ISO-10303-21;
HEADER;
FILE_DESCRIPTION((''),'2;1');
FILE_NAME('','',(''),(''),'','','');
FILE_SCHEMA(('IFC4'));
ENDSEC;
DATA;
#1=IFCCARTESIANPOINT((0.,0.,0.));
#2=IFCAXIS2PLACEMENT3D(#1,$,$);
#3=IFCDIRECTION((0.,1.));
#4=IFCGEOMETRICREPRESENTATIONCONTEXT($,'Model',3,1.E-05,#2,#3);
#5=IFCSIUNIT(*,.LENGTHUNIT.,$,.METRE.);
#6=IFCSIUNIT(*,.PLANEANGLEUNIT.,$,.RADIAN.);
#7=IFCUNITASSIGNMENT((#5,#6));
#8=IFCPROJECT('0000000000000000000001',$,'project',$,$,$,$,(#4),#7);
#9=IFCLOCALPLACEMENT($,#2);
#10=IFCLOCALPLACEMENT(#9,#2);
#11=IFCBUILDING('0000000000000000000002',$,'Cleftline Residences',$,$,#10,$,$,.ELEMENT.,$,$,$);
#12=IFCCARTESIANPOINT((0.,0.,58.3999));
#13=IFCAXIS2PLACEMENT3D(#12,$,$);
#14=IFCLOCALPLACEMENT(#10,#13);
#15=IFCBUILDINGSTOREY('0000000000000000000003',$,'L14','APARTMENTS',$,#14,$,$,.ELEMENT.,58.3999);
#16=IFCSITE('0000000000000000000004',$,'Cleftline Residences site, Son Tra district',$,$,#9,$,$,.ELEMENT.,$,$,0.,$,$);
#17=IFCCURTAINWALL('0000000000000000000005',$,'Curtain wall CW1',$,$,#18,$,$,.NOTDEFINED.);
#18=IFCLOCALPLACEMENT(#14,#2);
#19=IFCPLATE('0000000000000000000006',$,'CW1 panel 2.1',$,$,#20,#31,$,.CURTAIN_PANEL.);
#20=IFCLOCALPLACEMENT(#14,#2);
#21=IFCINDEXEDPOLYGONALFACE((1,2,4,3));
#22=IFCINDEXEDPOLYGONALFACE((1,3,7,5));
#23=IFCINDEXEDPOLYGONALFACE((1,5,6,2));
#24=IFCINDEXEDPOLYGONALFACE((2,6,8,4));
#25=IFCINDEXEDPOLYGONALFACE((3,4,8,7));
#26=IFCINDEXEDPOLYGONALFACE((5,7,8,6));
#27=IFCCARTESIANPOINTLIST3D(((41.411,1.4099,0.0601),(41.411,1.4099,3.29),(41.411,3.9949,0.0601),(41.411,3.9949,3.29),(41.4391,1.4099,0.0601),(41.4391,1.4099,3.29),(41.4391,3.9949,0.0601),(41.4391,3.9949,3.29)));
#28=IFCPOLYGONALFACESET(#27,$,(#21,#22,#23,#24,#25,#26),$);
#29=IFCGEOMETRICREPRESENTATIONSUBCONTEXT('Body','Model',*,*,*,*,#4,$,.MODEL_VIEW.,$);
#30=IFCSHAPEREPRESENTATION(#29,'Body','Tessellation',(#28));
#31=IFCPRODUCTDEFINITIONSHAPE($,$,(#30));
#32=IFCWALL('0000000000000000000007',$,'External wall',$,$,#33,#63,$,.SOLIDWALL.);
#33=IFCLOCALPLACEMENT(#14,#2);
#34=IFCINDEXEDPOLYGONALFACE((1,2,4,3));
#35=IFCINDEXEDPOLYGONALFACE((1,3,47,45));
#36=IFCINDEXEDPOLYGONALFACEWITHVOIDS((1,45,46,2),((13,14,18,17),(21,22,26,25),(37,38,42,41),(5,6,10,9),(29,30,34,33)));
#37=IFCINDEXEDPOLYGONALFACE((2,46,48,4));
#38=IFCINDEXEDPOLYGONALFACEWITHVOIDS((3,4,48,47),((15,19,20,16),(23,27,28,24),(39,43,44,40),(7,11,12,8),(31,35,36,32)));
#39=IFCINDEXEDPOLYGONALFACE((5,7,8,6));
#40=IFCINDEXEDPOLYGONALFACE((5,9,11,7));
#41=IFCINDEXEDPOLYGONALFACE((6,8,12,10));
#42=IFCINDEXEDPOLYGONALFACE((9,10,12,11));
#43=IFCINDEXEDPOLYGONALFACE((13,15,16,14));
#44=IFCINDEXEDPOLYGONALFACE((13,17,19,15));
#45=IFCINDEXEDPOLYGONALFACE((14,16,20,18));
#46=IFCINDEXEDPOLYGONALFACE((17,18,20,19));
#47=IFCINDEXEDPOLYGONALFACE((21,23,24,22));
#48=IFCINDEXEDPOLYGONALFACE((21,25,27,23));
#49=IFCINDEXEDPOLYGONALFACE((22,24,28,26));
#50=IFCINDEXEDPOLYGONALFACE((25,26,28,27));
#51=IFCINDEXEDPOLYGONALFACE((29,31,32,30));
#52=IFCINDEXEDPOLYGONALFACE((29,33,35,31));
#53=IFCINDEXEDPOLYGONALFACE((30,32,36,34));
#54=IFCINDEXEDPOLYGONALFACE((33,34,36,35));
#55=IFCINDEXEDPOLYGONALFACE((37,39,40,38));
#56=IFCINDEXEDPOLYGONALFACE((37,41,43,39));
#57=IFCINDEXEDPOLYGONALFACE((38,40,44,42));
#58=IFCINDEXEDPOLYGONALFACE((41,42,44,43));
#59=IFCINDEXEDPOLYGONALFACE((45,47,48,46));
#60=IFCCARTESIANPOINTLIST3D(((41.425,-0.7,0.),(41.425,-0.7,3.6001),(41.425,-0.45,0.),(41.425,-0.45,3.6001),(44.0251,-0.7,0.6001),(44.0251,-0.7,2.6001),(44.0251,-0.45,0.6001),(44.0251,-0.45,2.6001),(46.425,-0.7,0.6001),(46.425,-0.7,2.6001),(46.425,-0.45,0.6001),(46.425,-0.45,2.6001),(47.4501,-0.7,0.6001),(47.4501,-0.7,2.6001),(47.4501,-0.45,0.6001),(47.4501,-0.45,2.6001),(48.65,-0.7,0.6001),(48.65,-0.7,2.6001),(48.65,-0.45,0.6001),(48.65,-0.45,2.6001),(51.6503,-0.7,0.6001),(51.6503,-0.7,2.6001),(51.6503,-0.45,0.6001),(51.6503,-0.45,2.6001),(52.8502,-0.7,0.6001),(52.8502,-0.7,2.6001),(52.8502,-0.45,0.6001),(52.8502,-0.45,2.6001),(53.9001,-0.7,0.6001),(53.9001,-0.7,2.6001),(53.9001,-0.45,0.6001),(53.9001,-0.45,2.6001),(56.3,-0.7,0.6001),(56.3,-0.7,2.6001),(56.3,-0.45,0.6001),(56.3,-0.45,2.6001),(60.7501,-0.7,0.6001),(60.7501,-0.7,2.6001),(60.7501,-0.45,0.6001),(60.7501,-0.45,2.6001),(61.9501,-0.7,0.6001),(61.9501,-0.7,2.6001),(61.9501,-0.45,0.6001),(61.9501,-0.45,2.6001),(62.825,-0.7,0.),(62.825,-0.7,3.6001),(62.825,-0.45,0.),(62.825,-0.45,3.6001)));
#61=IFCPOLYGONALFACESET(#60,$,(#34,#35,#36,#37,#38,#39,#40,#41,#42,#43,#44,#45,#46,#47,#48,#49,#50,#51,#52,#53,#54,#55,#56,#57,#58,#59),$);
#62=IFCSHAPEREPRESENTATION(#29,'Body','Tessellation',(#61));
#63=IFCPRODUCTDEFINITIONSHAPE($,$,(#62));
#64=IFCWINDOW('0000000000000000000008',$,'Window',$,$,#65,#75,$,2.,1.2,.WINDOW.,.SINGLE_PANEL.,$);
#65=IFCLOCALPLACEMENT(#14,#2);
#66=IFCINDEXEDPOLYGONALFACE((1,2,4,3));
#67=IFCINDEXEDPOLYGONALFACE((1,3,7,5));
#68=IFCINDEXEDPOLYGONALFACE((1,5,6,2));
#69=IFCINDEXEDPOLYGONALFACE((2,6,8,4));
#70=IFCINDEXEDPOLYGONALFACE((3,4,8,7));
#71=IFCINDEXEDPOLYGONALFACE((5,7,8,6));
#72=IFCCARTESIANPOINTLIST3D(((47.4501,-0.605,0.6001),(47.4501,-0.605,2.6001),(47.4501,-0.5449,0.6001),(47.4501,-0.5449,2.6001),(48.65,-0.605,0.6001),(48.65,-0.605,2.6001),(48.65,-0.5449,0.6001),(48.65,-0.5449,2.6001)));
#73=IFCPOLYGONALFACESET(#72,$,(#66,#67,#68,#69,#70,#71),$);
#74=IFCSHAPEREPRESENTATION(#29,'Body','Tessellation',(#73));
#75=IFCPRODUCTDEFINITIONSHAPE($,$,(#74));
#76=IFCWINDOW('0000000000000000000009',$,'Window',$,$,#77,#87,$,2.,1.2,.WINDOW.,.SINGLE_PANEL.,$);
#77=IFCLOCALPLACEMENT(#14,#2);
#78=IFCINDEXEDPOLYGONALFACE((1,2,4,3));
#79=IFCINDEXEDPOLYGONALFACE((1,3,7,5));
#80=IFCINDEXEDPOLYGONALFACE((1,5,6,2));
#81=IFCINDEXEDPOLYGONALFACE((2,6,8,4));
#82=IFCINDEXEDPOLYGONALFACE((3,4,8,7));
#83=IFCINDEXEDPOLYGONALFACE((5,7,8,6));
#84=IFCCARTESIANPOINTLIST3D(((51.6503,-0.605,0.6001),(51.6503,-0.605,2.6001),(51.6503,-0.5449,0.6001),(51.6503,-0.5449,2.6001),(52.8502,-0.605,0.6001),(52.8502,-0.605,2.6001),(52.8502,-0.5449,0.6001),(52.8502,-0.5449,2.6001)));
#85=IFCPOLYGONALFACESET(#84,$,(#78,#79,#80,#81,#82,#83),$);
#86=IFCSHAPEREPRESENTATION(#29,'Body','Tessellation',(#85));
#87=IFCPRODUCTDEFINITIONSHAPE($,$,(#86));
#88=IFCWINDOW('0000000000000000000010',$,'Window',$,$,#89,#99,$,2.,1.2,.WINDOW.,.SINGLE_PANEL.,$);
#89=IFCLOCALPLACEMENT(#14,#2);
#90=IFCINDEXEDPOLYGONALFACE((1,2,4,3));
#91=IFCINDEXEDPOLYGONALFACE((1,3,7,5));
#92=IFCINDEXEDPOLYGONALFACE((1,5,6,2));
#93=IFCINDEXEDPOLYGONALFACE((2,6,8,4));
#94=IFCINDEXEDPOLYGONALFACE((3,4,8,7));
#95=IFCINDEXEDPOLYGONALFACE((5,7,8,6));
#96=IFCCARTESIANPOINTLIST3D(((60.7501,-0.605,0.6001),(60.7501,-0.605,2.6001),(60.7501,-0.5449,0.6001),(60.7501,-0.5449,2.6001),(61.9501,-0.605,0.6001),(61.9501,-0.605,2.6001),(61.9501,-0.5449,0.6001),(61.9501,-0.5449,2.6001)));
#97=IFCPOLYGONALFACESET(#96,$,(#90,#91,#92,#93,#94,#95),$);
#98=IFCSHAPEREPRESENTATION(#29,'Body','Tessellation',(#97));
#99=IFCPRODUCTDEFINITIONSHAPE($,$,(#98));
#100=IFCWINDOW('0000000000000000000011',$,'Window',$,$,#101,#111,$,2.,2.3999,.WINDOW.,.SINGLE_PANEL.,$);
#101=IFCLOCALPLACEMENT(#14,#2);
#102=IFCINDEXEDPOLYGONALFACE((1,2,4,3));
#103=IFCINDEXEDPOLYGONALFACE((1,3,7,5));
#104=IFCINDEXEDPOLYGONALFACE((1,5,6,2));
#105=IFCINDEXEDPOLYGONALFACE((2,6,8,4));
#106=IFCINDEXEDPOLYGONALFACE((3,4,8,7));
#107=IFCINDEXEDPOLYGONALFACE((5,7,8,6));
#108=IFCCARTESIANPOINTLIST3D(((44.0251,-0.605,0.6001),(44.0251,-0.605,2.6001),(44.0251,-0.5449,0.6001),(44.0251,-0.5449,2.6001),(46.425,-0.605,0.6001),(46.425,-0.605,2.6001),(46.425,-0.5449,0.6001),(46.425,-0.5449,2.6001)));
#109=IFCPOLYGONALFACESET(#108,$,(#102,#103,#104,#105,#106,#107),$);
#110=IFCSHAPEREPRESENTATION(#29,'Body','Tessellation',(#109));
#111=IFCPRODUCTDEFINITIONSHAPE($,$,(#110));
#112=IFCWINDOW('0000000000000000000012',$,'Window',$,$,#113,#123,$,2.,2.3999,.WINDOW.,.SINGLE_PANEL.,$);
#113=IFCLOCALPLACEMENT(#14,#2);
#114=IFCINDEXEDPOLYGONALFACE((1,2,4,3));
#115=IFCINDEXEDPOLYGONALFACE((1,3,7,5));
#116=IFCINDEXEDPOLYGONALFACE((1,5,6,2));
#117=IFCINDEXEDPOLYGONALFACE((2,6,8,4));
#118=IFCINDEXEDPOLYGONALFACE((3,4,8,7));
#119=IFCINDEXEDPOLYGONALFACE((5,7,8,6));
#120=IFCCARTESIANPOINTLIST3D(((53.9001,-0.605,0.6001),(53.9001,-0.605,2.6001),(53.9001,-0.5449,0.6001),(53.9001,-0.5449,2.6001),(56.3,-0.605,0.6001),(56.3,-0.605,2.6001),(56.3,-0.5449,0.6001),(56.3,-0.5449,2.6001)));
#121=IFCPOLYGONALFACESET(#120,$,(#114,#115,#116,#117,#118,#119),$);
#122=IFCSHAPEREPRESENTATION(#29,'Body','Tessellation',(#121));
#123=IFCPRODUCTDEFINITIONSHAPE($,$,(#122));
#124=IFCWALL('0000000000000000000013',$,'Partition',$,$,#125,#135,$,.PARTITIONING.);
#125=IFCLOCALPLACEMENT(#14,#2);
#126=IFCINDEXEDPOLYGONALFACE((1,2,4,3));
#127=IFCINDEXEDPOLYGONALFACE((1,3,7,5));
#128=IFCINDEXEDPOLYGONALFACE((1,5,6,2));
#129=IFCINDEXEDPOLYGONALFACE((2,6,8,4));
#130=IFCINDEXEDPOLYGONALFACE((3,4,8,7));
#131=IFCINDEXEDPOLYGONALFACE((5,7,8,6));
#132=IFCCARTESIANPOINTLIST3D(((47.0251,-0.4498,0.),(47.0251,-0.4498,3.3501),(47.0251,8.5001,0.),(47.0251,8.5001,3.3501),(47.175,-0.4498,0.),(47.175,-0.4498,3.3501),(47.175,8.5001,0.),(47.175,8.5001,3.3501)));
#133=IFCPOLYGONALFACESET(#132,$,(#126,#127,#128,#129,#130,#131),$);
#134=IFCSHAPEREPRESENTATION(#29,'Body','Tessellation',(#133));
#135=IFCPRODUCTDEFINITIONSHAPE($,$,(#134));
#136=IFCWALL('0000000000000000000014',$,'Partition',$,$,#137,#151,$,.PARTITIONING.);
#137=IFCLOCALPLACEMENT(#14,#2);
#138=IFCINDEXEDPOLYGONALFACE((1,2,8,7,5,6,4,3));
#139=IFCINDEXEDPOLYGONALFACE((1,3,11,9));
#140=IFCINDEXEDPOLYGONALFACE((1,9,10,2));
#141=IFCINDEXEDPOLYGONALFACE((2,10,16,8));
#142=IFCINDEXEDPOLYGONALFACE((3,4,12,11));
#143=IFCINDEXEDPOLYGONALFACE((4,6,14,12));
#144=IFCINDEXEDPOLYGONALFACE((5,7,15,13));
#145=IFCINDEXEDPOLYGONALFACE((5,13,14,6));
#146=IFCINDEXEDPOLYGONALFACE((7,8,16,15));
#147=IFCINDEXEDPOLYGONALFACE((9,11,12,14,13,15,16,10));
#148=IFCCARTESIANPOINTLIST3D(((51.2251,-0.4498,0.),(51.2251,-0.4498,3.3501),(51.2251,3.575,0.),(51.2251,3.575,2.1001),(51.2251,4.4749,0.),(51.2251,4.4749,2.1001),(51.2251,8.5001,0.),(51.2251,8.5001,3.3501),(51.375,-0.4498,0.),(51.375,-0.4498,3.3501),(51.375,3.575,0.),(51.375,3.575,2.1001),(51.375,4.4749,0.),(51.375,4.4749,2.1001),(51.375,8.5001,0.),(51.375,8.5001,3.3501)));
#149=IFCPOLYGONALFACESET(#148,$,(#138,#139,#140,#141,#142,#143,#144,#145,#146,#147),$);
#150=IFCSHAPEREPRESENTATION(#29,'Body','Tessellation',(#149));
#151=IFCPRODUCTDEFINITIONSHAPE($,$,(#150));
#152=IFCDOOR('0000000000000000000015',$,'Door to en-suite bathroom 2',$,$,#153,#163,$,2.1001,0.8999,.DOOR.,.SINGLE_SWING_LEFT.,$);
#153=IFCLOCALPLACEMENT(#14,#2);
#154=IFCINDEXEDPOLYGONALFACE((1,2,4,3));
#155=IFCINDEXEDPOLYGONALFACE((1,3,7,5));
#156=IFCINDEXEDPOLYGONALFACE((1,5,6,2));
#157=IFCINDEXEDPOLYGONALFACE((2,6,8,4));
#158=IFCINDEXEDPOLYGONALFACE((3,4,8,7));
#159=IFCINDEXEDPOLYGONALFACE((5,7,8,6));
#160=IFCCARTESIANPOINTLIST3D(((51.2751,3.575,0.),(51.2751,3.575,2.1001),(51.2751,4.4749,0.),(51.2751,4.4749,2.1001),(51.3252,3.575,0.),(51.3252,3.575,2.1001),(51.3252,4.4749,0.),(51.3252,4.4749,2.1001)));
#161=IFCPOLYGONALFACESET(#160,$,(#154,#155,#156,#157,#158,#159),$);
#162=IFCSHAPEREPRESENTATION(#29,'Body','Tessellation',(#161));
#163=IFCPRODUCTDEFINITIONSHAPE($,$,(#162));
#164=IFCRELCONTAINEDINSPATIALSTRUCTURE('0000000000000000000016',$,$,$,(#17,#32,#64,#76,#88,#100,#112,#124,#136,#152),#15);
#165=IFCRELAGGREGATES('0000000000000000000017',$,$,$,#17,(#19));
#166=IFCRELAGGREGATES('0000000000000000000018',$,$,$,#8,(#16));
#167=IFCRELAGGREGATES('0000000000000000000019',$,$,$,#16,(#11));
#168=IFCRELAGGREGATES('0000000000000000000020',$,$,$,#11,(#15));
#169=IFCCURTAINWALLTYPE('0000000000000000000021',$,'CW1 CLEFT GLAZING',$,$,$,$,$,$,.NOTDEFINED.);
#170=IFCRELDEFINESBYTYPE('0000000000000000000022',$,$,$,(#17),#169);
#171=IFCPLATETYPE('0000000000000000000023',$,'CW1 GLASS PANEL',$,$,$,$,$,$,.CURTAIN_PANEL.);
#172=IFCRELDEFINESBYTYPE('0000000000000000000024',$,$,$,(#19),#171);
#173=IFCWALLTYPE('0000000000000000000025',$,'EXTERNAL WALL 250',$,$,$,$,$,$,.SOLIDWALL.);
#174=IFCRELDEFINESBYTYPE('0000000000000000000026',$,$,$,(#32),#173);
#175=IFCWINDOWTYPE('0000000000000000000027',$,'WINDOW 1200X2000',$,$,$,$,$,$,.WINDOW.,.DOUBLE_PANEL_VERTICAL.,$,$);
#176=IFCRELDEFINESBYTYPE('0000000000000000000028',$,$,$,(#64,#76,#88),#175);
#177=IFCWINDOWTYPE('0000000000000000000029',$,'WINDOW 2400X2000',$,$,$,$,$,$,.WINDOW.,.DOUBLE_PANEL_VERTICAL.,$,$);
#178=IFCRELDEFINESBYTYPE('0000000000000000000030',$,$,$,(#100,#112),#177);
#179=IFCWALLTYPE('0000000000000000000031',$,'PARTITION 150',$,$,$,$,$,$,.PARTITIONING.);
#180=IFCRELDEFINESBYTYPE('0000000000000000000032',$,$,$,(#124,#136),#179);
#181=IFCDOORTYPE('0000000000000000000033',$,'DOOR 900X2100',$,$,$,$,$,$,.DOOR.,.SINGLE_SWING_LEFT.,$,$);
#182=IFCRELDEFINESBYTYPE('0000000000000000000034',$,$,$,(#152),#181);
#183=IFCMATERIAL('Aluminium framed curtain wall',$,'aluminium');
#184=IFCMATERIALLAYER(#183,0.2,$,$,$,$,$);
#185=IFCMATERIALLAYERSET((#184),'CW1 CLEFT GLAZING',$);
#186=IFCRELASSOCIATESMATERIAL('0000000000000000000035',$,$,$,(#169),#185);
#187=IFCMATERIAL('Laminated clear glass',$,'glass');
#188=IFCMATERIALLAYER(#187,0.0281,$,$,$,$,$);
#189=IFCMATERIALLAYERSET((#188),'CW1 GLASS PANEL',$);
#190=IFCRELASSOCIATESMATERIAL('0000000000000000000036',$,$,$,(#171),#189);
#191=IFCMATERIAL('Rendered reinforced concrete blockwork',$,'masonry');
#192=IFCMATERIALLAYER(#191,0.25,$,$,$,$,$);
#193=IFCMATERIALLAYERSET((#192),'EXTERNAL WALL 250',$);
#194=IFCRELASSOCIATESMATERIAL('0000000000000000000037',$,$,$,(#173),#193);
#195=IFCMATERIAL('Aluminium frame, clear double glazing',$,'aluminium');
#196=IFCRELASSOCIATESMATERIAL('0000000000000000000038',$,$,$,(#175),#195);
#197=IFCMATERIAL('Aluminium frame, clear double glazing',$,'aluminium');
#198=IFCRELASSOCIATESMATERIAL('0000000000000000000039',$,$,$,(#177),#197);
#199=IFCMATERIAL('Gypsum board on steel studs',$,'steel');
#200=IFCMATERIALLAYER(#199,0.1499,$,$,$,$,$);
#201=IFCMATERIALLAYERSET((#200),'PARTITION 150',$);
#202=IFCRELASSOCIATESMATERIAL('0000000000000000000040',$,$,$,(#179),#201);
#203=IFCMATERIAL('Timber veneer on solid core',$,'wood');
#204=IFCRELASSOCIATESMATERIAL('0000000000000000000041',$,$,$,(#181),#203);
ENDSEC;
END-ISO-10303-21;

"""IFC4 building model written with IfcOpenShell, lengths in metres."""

from ifc_helpers import new_model, si_unit, direction, frame, frame_2d, origin, origin_2d, place, context, subcontext, project, spatial, rectangle, extrude, material, layer, layer_set, type_object, element, fill, aggregate, save


model = new_model("IFC4")

# Units and contexts
model_context = context("Model", 3, precision=1e-05, world=origin(), true_north=direction((0.0, 1.0)))
body_context = subcontext(model_context, "Body", "Model", "MODEL_VIEW")
ifc_project = project(units=[si_unit("LENGTHUNIT", "METRE"), si_unit("PLANEANGLEUNIT", "RADIAN")], contexts=[model_context])

# Site, building, storey
site_placement = place(None, origin())
site = spatial("IfcSite", under=ifc_project, at=site_placement, Name="Cleftline Residences site, Son Tra district", CompositionType="ELEMENT", RefElevation=0.0)
building_placement = place(site_placement, origin())
building = spatial("IfcBuilding", under=site, at=building_placement, Name="Cleftline Residences", CompositionType="ELEMENT")
storey_placement = place(building_placement, frame((0.0, 0.0, 58.3999)))
storey = spatial("IfcBuildingStorey", under=building, at=storey_placement, Name="L14", Description="APARTMENTS", CompositionType="ELEMENT", Elevation=58.3999)

# Curtain wall, plate
ifc_material_1 = material(Name="Aluminium framed curtain wall", Category="aluminium")
ifc_layer_1 = layer(ifc_material_1, 0.2)
ifc_layer_set_1 = layer_set([ifc_layer_1], Name="CW1 CLEFT GLAZING")
curtain_wall_type = type_object("IfcCurtainWallType", Name="CW1 CLEFT GLAZING", PredefinedType="NOTDEFINED", material=ifc_layer_set_1)
curtain_wall_placement = place(storey_placement, origin())
curtain_wall = element("IfcCurtainWall", 1, at=curtain_wall_placement, inside=storey, type_object=curtain_wall_type, Name="Curtain wall CW1", PredefinedType="NOTDEFINED")
ifc_material_2 = material(Name="Laminated clear glass", Category="glass")
ifc_layer_2 = layer(ifc_material_2, 0.0281)
ifc_layer_set_2 = layer_set([ifc_layer_2], Name="CW1 GLASS PANEL")
plate_type = type_object("IfcPlateType", Name="CW1 GLASS PANEL", PredefinedType="CURTAIN_PANEL", material=ifc_layer_set_2)
plate_1_placement = place(storey_placement, frame((41.425, 2.7024, 0.0601), z_axis=(0.0, 0.0, 1.0), x_axis=(0.0, -1.0, 0.0)))
plate_1 = element("IfcPlate", 2, at=plate_1_placement, type_object=plate_type, Name="CW1 panel 2.1", PredefinedType="CURTAIN_PANEL", context=body_context, shape_type="SweptSolid", body=[
    extrude(rectangle(XDim=2.585, YDim=0.0281, at=origin_2d()), origin(), (0.0, 0.0, 1.0), 3.23),
])
aggregate(curtain_wall, [plate_1])

# Wall, openings, windows
ifc_material_3 = material(Name="Rendered reinforced concrete blockwork", Category="masonry")
ifc_layer_3 = layer(ifc_material_3, 0.25)
ifc_layer_set_3 = layer_set([ifc_layer_3], Name="EXTERNAL WALL 250")
wall_type_1 = type_object("IfcWallType", Name="EXTERNAL WALL 250", PredefinedType="SOLIDWALL", material=ifc_layer_set_3)
wall_1_placement = place(storey_placement, frame((41.425, -0.575, 0.0), z_axis=(0.0, 0.0, 1.0), x_axis=(1.0, 0.0, 0.0)))
wall_1 = element("IfcWall", 3, at=wall_1_placement, inside=storey, type_object=wall_type_1, Name="External wall", PredefinedType="SOLIDWALL", context=body_context, shape_type="SweptSolid", body=[
    extrude(rectangle(XDim=21.3999, YDim=0.25, at=frame_2d((10.7, 0.0))), origin(), (0.0, 0.0, 1.0), 3.6001),
])
opening_1_placement = place(wall_1_placement, frame((2.6001, 0.0, 0.6001)))
opening_1 = element("IfcOpeningElement", 4, at=opening_1_placement, cuts=wall_1, PredefinedType="OPENING", context=body_context, shape_type="SweptSolid", body=[
    extrude(rectangle(XDim=2.3999, YDim=2.0, at=frame_2d((1.2, 1.0))), frame((0.0, 0.135, 0.0), z_axis=(0.0, -1.0, 0.0), x_axis=(1.0, 0.0, 0.0)), (0.0, 0.0, 1.0), 0.27),
])
opening_2_placement = place(wall_1_placement, frame((6.0249, 0.0, 0.6001)))
opening_2 = element("IfcOpeningElement", 5, at=opening_2_placement, cuts=wall_1, PredefinedType="OPENING", context=body_context, shape_type="SweptSolid", body=[
    extrude(rectangle(XDim=1.2, YDim=2.0, at=frame_2d((0.6001, 1.0))), frame((0.0, 0.135, 0.0), z_axis=(0.0, -1.0, 0.0), x_axis=(1.0, 0.0, 0.0)), (0.0, 0.0, 1.0), 0.27),
])
opening_3_placement = place(wall_1_placement, frame((10.2251, 0.0, 0.6001)))
opening_3 = element("IfcOpeningElement", 6, at=opening_3_placement, cuts=wall_1, PredefinedType="OPENING", context=body_context, shape_type="SweptSolid", body=[
    extrude(rectangle(XDim=1.2, YDim=2.0, at=frame_2d((0.6001, 1.0))), frame((0.0, 0.135, 0.0), z_axis=(0.0, -1.0, 0.0), x_axis=(1.0, 0.0, 0.0)), (0.0, 0.0, 1.0), 0.27),
])
opening_4_placement = place(wall_1_placement, frame((12.4751, 0.0, 0.6001)))
opening_4 = element("IfcOpeningElement", 7, at=opening_4_placement, cuts=wall_1, PredefinedType="OPENING", context=body_context, shape_type="SweptSolid", body=[
    extrude(rectangle(XDim=2.3999, YDim=2.0, at=frame_2d((1.2, 1.0))), frame((0.0, 0.135, 0.0), z_axis=(0.0, -1.0, 0.0), x_axis=(1.0, 0.0, 0.0)), (0.0, 0.0, 1.0), 0.27),
])
opening_5_placement = place(wall_1_placement, frame((19.325, 0.0, 0.6001)))
opening_5 = element("IfcOpeningElement", 8, at=opening_5_placement, cuts=wall_1, PredefinedType="OPENING", context=body_context, shape_type="SweptSolid", body=[
    extrude(rectangle(XDim=1.2, YDim=2.0, at=frame_2d((0.6001, 1.0))), frame((0.0, 0.135, 0.0), z_axis=(0.0, -1.0, 0.0), x_axis=(1.0, 0.0, 0.0)), (0.0, 0.0, 1.0), 0.27),
])
ifc_material_4 = material(Name="Aluminium frame, clear double glazing", Category="aluminium")
window_type_1 = type_object("IfcWindowType", Name="WINDOW 1200X2000", PartitioningType="DOUBLE_PANEL_VERTICAL", PredefinedType="WINDOW", material=ifc_material_4)
window_1_placement = place(opening_2_placement, origin())
window_1 = element("IfcWindow", 9, at=window_1_placement, inside=storey, type_object=window_type_1, Name="Window", OverallHeight=2.0, OverallWidth=1.2, PartitioningType="SINGLE_PANEL", PredefinedType="WINDOW", context=body_context, shape_type="SweptSolid", body=[
    extrude(rectangle(XDim=1.2, YDim=2.0, at=frame_2d((0.6001, 1.0))), frame((0.0, 0.03, 0.0), z_axis=(0.0, -1.0, 0.0), x_axis=(1.0, 0.0, 0.0)), (0.0, 0.0, 1.0), 0.0601),
])
fill(opening_2, window_1)
window_2_placement = place(opening_3_placement, origin())
window_2 = element("IfcWindow", 10, at=window_2_placement, inside=storey, type_object=window_type_1, Name="Window", OverallHeight=2.0, OverallWidth=1.2, PartitioningType="SINGLE_PANEL", PredefinedType="WINDOW", context=body_context, shape_type="SweptSolid", body=[
    extrude(rectangle(XDim=1.2, YDim=2.0, at=frame_2d((0.6001, 1.0))), frame((0.0, 0.03, 0.0), z_axis=(0.0, -1.0, 0.0), x_axis=(1.0, 0.0, 0.0)), (0.0, 0.0, 1.0), 0.0601),
])
fill(opening_3, window_2)
window_3_placement = place(opening_5_placement, origin())
window_3 = element("IfcWindow", 11, at=window_3_placement, inside=storey, type_object=window_type_1, Name="Window", OverallHeight=2.0, OverallWidth=1.2, PartitioningType="SINGLE_PANEL", PredefinedType="WINDOW", context=body_context, shape_type="SweptSolid", body=[
    extrude(rectangle(XDim=1.2, YDim=2.0, at=frame_2d((0.6001, 1.0))), frame((0.0, 0.03, 0.0), z_axis=(0.0, -1.0, 0.0), x_axis=(1.0, 0.0, 0.0)), (0.0, 0.0, 1.0), 0.0601),
])
fill(opening_5, window_3)
ifc_material_5 = material(Name="Aluminium frame, clear double glazing", Category="aluminium")
window_type_2 = type_object("IfcWindowType", Name="WINDOW 2400X2000", PartitioningType="DOUBLE_PANEL_VERTICAL", PredefinedType="WINDOW", material=ifc_material_5)
window_4_placement = place(opening_1_placement, origin())
window_4 = element("IfcWindow", 12, at=window_4_placement, inside=storey, type_object=window_type_2, Name="Window", OverallHeight=2.0, OverallWidth=2.3999, PartitioningType="SINGLE_PANEL", PredefinedType="WINDOW", context=body_context, shape_type="SweptSolid", body=[
    extrude(rectangle(XDim=2.3999, YDim=2.0, at=frame_2d((1.2, 1.0))), frame((0.0, 0.03, 0.0), z_axis=(0.0, -1.0, 0.0), x_axis=(1.0, 0.0, 0.0)), (0.0, 0.0, 1.0), 0.0601),
])
fill(opening_1, window_4)
window_5_placement = place(opening_4_placement, origin())
window_5 = element("IfcWindow", 13, at=window_5_placement, inside=storey, type_object=window_type_2, Name="Window", OverallHeight=2.0, OverallWidth=2.3999, PartitioningType="SINGLE_PANEL", PredefinedType="WINDOW", context=body_context, shape_type="SweptSolid", body=[
    extrude(rectangle(XDim=2.3999, YDim=2.0, at=frame_2d((1.2, 1.0))), frame((0.0, 0.03, 0.0), z_axis=(0.0, -1.0, 0.0), x_axis=(1.0, 0.0, 0.0)), (0.0, 0.0, 1.0), 0.0601),
])
fill(opening_4, window_5)

# Wall
ifc_material_6 = material(Name="Gypsum board on steel studs", Category="steel")
ifc_layer_4 = layer(ifc_material_6, 0.1499)
ifc_layer_set_4 = layer_set([ifc_layer_4], Name="PARTITION 150")
wall_type_2 = type_object("IfcWallType", Name="PARTITION 150", PredefinedType="PARTITIONING", material=ifc_layer_set_4)
wall_2_placement = place(storey_placement, frame((47.1001, -0.45, 0.0), z_axis=(0.0, 0.0, 1.0), x_axis=(0.0, 1.0, 0.0)))
element("IfcWall", 14, at=wall_2_placement, inside=storey, type_object=wall_type_2, Name="Partition", PredefinedType="PARTITIONING", context=body_context, shape_type="SweptSolid", body=[
    extrude(rectangle(XDim=8.95, YDim=0.1499, at=frame_2d((4.4751, 0.0))), origin(), (0.0, 0.0, 1.0), 3.3501),
])

# Wall, opening, door
wall_3_placement = place(storey_placement, frame((51.3, -0.45, 0.0), z_axis=(0.0, 0.0, 1.0), x_axis=(0.0, 1.0, 0.0)))
wall_3 = element("IfcWall", 15, at=wall_3_placement, inside=storey, type_object=wall_type_2, Name="Partition", PredefinedType="PARTITIONING", context=body_context, shape_type="SweptSolid", body=[
    extrude(rectangle(XDim=8.95, YDim=0.1499, at=frame_2d((4.4751, 0.0))), origin(), (0.0, 0.0, 1.0), 3.3501),
])
opening_6_placement = place(wall_3_placement, frame((4.0249, 0.0, 0.0)))
opening_6 = element("IfcOpeningElement", 16, at=opening_6_placement, cuts=wall_3, PredefinedType="OPENING", context=body_context, shape_type="SweptSolid", body=[
    extrude(rectangle(XDim=0.8999, YDim=2.1001, at=frame_2d((0.45, 1.05))), frame((0.0, 0.085, 0.0), z_axis=(0.0, -1.0, 0.0), x_axis=(1.0, 0.0, 0.0)), (0.0, 0.0, 1.0), 0.1699),
])
ifc_material_7 = material(Name="Timber veneer on solid core", Category="wood")
door_type = type_object("IfcDoorType", Name="DOOR 900X2100", OperationType="SINGLE_SWING_LEFT", PredefinedType="DOOR", material=ifc_material_7)
door_placement = place(opening_6_placement, origin())
door = element("IfcDoor", 17, at=door_placement, inside=storey, type_object=door_type, Name="Door to en-suite bathroom 2", OperationType="SINGLE_SWING_LEFT", OverallHeight=2.1001, OverallWidth=0.8999, PredefinedType="DOOR", context=body_context, shape_type="SweptSolid", body=[
    extrude(rectangle(XDim=0.8999, YDim=2.1001, at=frame_2d((0.45, 1.05))), frame((0.0, 0.0249, 0.0), z_axis=(0.0, -1.0, 0.0), x_axis=(1.0, 0.0, 0.0)), (0.0, 0.0, 1.0), 0.05),
])
fill(opening_6, door)

save(model, "model.ifc")
